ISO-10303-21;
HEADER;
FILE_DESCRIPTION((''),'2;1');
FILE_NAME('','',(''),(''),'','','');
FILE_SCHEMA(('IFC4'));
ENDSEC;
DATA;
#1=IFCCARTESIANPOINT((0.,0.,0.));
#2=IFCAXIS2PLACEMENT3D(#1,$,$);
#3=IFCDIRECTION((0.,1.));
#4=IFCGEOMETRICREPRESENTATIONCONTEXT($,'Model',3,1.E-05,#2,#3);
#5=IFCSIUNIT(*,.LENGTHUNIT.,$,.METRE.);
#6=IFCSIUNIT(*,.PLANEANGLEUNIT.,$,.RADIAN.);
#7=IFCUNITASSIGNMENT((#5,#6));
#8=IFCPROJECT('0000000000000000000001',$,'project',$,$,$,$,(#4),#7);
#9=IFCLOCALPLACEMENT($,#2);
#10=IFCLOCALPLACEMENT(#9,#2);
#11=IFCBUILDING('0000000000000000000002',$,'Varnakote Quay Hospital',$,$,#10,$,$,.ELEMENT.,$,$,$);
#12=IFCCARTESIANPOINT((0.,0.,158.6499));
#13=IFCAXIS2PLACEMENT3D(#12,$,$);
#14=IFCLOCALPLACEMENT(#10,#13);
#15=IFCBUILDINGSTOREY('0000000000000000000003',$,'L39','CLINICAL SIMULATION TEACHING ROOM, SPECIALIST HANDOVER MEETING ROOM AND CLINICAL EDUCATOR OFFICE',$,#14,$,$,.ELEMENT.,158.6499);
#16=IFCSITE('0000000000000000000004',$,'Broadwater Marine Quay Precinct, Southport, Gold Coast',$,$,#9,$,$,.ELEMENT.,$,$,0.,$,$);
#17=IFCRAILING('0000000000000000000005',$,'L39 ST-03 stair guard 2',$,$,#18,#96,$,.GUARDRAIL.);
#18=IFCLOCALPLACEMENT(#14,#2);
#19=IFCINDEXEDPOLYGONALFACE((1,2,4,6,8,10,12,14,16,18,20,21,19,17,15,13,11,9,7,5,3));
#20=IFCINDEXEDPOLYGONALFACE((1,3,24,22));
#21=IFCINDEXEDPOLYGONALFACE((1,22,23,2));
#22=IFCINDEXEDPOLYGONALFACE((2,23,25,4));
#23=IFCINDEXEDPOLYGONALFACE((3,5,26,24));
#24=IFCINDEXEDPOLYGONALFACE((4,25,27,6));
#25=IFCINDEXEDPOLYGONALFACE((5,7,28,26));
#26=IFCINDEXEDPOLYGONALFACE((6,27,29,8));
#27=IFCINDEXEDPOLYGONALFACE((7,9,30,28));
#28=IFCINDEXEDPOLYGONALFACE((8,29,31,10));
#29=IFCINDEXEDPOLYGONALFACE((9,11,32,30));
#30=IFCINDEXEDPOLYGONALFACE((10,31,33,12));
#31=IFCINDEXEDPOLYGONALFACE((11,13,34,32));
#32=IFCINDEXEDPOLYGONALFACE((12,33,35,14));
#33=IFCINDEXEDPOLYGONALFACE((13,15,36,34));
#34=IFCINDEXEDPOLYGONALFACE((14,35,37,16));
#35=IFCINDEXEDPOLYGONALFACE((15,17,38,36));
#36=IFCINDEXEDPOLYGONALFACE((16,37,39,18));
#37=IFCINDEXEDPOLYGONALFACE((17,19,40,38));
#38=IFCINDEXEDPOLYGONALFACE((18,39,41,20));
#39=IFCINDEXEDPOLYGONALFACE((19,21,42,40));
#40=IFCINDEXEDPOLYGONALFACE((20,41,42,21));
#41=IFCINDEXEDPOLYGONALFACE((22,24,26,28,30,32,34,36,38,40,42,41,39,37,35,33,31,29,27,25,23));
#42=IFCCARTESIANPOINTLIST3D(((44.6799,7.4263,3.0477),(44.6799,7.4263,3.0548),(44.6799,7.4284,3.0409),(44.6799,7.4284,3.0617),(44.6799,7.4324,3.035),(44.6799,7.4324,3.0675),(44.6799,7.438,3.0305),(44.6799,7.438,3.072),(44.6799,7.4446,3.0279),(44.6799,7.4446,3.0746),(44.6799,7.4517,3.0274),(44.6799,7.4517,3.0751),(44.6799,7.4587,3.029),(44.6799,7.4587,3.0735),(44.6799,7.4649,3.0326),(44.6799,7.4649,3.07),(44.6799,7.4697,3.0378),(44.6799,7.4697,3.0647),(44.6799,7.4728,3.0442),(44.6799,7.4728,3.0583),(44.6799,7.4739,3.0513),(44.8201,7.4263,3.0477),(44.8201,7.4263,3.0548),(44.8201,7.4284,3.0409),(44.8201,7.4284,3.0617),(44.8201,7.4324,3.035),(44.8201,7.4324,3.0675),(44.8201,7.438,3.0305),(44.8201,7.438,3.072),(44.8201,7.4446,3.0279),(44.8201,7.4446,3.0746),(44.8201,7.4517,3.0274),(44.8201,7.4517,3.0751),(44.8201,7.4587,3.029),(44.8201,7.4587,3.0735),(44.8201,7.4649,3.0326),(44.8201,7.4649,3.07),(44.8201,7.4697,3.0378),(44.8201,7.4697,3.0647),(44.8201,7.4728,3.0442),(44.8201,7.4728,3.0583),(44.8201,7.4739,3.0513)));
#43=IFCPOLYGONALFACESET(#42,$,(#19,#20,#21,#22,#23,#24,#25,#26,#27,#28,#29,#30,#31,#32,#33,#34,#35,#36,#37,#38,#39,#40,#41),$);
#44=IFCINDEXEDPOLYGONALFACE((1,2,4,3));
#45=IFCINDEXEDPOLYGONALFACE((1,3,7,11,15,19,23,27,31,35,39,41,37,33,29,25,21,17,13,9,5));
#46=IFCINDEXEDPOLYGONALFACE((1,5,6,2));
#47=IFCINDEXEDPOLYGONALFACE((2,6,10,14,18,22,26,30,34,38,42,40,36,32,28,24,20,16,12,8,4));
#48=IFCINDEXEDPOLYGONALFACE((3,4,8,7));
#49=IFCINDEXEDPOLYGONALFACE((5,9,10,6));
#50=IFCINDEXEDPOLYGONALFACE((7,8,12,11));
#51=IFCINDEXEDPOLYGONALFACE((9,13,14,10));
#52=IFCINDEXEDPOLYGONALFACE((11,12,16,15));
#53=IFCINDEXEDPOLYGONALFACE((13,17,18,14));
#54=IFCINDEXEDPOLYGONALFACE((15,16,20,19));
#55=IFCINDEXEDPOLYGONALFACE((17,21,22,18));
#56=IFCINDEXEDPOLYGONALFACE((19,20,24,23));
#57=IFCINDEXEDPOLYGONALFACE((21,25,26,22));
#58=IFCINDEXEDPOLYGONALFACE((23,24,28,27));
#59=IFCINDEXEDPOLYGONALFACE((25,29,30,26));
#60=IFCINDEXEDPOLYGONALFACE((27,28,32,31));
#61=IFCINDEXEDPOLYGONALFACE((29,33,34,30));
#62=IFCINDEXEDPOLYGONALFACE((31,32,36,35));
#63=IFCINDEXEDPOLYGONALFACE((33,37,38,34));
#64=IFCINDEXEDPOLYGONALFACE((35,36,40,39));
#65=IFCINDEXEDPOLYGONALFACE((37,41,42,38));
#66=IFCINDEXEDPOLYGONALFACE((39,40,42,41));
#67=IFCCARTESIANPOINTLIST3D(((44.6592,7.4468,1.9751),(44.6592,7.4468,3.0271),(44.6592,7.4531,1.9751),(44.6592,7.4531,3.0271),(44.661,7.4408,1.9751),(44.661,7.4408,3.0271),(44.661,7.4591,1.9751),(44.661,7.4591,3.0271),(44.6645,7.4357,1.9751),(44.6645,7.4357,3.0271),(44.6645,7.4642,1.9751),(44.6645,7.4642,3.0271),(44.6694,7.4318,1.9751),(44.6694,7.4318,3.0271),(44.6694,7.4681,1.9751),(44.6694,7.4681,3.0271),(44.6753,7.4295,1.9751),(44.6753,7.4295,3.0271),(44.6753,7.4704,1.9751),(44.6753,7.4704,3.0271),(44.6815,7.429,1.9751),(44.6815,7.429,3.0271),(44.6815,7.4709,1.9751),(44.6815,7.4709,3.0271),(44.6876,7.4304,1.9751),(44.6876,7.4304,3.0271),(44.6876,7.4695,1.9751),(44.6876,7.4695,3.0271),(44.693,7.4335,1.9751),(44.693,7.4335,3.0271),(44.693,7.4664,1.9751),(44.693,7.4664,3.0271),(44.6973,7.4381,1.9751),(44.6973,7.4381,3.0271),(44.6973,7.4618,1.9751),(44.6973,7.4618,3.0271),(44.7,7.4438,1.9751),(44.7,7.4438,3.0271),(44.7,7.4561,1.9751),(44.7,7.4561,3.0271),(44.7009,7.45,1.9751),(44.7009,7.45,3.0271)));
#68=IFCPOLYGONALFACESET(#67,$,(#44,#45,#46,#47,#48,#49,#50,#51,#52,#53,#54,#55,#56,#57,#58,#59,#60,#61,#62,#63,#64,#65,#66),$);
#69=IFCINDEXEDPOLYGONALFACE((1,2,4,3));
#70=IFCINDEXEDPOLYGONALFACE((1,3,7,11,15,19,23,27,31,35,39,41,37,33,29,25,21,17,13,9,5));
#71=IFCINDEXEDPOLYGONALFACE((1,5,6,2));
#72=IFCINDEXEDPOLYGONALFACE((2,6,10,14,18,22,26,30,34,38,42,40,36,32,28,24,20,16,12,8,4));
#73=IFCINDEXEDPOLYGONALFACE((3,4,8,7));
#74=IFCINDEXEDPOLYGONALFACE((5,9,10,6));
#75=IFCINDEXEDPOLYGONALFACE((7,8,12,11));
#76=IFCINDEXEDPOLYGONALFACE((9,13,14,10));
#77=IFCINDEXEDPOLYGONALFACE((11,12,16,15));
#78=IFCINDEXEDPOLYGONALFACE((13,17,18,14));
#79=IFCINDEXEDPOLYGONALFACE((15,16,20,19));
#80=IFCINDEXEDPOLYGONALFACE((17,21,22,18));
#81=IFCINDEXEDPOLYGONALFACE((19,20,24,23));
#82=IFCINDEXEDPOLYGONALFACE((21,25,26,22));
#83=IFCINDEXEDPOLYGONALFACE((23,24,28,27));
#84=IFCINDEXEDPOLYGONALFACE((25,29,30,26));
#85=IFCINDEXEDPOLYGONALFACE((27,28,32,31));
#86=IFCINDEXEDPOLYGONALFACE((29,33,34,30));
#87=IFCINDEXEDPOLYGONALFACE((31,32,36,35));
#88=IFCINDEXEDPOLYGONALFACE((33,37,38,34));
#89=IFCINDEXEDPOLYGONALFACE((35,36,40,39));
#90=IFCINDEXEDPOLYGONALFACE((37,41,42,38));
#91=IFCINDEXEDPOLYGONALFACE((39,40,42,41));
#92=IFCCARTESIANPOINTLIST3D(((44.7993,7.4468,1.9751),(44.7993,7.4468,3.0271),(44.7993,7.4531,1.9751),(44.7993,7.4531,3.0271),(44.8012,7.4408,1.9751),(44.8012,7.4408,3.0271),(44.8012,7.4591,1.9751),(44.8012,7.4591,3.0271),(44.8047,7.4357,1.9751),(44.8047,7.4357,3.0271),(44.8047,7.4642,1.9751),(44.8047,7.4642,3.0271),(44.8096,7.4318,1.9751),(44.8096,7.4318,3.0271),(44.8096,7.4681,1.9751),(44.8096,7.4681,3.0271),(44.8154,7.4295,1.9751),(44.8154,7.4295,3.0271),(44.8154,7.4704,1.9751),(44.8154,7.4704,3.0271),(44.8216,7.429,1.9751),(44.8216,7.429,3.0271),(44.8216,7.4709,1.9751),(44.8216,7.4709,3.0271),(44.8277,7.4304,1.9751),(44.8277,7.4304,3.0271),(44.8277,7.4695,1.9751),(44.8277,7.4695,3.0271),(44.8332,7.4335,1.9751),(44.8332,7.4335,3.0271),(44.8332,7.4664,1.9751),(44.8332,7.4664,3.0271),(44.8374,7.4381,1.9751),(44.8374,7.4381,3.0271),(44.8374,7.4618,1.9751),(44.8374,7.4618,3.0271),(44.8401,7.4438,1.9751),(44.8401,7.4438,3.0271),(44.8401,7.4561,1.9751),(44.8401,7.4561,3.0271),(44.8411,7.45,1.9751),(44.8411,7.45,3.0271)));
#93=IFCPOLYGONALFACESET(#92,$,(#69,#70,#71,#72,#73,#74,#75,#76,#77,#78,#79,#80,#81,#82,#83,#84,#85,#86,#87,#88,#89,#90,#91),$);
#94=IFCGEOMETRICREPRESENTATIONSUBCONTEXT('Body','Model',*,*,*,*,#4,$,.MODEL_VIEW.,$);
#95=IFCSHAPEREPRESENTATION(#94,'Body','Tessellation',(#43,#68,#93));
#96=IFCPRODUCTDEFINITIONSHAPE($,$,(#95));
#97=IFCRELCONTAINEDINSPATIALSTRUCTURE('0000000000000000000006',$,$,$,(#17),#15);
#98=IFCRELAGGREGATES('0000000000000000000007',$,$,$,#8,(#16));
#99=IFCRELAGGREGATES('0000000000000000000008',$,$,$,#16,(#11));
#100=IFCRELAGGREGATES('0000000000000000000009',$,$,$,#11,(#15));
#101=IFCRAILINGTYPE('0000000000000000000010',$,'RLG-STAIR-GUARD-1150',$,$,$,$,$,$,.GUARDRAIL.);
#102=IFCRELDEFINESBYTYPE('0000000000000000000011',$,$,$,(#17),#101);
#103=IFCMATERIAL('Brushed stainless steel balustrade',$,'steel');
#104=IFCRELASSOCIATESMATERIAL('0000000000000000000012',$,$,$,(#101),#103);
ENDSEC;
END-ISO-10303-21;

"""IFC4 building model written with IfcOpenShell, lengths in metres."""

from ifc_helpers import new_model, si_unit, direction, frame, origin, origin_2d, place, context, subcontext, project, spatial, circle, extrude, material, type_object, element, save


model = new_model("IFC4")

# Units and contexts
model_context = context("Model", 3, precision=1e-05, world=origin(), true_north=direction((0.0, 1.0)))
body_context = subcontext(model_context, "Body", "Model", "MODEL_VIEW")
ifc_project = project(units=[si_unit("LENGTHUNIT", "METRE"), si_unit("PLANEANGLEUNIT", "RADIAN")], contexts=[model_context])

# Site, building, storey
site_placement = place(None, origin())
site = spatial("IfcSite", under=ifc_project, at=site_placement, Name="Broadwater Marine Quay Precinct, Southport, Gold Coast", CompositionType="ELEMENT", RefElevation=0.0)
building_placement = place(site_placement, origin())
building = spatial("IfcBuilding", under=site, at=building_placement, Name="Varnakote Quay Hospital", CompositionType="ELEMENT")
storey_placement = place(building_placement, frame((0.0, 0.0, 158.6499)))
storey = spatial("IfcBuildingStorey", under=building, at=storey_placement, Name="L39", Description="CLINICAL SIMULATION TEACHING ROOM, SPECIALIST HANDOVER MEETING ROOM AND CLINICAL EDUCATOR OFFICE", CompositionType="ELEMENT", Elevation=158.6499)

# Railing
ifc_material_1 = material(Name="Brushed stainless steel balustrade", Category="steel")
railing_type_1 = type_object("IfcRailingType", Name="RLG-STAIR-GUARD-1150", PredefinedType="GUARDRAIL", material=ifc_material_1)
railing_1_placement = place(storey_placement, frame((44.6799, 7.45, 1.9751)))
element("IfcRailing", 1, at=railing_1_placement, inside=storey, type_object=railing_type_1, Name="L39 ST-03 stair guard 2", PredefinedType="GUARDRAIL", context=body_context, shape_type="SweptSolid", body=[
    extrude(circle(Radius=0.0239, at=origin_2d()), frame((0.0, 0.0, 1.0762), z_axis=(1.0, 0.0, 0.0), x_axis=(0.0, 1.0, 0.0)), (0.0, 0.0, 1.0), 0.1401),
    extrude(circle(Radius=0.021, at=origin_2d()), origin(), (0.0, 0.0, 1.0), 1.052),
    extrude(circle(Radius=0.021, at=origin_2d()), frame((0.1401, 0.0, 0.0)), (0.0, 0.0, 1.0), 1.052),
])

save(model, "model.ifc")
